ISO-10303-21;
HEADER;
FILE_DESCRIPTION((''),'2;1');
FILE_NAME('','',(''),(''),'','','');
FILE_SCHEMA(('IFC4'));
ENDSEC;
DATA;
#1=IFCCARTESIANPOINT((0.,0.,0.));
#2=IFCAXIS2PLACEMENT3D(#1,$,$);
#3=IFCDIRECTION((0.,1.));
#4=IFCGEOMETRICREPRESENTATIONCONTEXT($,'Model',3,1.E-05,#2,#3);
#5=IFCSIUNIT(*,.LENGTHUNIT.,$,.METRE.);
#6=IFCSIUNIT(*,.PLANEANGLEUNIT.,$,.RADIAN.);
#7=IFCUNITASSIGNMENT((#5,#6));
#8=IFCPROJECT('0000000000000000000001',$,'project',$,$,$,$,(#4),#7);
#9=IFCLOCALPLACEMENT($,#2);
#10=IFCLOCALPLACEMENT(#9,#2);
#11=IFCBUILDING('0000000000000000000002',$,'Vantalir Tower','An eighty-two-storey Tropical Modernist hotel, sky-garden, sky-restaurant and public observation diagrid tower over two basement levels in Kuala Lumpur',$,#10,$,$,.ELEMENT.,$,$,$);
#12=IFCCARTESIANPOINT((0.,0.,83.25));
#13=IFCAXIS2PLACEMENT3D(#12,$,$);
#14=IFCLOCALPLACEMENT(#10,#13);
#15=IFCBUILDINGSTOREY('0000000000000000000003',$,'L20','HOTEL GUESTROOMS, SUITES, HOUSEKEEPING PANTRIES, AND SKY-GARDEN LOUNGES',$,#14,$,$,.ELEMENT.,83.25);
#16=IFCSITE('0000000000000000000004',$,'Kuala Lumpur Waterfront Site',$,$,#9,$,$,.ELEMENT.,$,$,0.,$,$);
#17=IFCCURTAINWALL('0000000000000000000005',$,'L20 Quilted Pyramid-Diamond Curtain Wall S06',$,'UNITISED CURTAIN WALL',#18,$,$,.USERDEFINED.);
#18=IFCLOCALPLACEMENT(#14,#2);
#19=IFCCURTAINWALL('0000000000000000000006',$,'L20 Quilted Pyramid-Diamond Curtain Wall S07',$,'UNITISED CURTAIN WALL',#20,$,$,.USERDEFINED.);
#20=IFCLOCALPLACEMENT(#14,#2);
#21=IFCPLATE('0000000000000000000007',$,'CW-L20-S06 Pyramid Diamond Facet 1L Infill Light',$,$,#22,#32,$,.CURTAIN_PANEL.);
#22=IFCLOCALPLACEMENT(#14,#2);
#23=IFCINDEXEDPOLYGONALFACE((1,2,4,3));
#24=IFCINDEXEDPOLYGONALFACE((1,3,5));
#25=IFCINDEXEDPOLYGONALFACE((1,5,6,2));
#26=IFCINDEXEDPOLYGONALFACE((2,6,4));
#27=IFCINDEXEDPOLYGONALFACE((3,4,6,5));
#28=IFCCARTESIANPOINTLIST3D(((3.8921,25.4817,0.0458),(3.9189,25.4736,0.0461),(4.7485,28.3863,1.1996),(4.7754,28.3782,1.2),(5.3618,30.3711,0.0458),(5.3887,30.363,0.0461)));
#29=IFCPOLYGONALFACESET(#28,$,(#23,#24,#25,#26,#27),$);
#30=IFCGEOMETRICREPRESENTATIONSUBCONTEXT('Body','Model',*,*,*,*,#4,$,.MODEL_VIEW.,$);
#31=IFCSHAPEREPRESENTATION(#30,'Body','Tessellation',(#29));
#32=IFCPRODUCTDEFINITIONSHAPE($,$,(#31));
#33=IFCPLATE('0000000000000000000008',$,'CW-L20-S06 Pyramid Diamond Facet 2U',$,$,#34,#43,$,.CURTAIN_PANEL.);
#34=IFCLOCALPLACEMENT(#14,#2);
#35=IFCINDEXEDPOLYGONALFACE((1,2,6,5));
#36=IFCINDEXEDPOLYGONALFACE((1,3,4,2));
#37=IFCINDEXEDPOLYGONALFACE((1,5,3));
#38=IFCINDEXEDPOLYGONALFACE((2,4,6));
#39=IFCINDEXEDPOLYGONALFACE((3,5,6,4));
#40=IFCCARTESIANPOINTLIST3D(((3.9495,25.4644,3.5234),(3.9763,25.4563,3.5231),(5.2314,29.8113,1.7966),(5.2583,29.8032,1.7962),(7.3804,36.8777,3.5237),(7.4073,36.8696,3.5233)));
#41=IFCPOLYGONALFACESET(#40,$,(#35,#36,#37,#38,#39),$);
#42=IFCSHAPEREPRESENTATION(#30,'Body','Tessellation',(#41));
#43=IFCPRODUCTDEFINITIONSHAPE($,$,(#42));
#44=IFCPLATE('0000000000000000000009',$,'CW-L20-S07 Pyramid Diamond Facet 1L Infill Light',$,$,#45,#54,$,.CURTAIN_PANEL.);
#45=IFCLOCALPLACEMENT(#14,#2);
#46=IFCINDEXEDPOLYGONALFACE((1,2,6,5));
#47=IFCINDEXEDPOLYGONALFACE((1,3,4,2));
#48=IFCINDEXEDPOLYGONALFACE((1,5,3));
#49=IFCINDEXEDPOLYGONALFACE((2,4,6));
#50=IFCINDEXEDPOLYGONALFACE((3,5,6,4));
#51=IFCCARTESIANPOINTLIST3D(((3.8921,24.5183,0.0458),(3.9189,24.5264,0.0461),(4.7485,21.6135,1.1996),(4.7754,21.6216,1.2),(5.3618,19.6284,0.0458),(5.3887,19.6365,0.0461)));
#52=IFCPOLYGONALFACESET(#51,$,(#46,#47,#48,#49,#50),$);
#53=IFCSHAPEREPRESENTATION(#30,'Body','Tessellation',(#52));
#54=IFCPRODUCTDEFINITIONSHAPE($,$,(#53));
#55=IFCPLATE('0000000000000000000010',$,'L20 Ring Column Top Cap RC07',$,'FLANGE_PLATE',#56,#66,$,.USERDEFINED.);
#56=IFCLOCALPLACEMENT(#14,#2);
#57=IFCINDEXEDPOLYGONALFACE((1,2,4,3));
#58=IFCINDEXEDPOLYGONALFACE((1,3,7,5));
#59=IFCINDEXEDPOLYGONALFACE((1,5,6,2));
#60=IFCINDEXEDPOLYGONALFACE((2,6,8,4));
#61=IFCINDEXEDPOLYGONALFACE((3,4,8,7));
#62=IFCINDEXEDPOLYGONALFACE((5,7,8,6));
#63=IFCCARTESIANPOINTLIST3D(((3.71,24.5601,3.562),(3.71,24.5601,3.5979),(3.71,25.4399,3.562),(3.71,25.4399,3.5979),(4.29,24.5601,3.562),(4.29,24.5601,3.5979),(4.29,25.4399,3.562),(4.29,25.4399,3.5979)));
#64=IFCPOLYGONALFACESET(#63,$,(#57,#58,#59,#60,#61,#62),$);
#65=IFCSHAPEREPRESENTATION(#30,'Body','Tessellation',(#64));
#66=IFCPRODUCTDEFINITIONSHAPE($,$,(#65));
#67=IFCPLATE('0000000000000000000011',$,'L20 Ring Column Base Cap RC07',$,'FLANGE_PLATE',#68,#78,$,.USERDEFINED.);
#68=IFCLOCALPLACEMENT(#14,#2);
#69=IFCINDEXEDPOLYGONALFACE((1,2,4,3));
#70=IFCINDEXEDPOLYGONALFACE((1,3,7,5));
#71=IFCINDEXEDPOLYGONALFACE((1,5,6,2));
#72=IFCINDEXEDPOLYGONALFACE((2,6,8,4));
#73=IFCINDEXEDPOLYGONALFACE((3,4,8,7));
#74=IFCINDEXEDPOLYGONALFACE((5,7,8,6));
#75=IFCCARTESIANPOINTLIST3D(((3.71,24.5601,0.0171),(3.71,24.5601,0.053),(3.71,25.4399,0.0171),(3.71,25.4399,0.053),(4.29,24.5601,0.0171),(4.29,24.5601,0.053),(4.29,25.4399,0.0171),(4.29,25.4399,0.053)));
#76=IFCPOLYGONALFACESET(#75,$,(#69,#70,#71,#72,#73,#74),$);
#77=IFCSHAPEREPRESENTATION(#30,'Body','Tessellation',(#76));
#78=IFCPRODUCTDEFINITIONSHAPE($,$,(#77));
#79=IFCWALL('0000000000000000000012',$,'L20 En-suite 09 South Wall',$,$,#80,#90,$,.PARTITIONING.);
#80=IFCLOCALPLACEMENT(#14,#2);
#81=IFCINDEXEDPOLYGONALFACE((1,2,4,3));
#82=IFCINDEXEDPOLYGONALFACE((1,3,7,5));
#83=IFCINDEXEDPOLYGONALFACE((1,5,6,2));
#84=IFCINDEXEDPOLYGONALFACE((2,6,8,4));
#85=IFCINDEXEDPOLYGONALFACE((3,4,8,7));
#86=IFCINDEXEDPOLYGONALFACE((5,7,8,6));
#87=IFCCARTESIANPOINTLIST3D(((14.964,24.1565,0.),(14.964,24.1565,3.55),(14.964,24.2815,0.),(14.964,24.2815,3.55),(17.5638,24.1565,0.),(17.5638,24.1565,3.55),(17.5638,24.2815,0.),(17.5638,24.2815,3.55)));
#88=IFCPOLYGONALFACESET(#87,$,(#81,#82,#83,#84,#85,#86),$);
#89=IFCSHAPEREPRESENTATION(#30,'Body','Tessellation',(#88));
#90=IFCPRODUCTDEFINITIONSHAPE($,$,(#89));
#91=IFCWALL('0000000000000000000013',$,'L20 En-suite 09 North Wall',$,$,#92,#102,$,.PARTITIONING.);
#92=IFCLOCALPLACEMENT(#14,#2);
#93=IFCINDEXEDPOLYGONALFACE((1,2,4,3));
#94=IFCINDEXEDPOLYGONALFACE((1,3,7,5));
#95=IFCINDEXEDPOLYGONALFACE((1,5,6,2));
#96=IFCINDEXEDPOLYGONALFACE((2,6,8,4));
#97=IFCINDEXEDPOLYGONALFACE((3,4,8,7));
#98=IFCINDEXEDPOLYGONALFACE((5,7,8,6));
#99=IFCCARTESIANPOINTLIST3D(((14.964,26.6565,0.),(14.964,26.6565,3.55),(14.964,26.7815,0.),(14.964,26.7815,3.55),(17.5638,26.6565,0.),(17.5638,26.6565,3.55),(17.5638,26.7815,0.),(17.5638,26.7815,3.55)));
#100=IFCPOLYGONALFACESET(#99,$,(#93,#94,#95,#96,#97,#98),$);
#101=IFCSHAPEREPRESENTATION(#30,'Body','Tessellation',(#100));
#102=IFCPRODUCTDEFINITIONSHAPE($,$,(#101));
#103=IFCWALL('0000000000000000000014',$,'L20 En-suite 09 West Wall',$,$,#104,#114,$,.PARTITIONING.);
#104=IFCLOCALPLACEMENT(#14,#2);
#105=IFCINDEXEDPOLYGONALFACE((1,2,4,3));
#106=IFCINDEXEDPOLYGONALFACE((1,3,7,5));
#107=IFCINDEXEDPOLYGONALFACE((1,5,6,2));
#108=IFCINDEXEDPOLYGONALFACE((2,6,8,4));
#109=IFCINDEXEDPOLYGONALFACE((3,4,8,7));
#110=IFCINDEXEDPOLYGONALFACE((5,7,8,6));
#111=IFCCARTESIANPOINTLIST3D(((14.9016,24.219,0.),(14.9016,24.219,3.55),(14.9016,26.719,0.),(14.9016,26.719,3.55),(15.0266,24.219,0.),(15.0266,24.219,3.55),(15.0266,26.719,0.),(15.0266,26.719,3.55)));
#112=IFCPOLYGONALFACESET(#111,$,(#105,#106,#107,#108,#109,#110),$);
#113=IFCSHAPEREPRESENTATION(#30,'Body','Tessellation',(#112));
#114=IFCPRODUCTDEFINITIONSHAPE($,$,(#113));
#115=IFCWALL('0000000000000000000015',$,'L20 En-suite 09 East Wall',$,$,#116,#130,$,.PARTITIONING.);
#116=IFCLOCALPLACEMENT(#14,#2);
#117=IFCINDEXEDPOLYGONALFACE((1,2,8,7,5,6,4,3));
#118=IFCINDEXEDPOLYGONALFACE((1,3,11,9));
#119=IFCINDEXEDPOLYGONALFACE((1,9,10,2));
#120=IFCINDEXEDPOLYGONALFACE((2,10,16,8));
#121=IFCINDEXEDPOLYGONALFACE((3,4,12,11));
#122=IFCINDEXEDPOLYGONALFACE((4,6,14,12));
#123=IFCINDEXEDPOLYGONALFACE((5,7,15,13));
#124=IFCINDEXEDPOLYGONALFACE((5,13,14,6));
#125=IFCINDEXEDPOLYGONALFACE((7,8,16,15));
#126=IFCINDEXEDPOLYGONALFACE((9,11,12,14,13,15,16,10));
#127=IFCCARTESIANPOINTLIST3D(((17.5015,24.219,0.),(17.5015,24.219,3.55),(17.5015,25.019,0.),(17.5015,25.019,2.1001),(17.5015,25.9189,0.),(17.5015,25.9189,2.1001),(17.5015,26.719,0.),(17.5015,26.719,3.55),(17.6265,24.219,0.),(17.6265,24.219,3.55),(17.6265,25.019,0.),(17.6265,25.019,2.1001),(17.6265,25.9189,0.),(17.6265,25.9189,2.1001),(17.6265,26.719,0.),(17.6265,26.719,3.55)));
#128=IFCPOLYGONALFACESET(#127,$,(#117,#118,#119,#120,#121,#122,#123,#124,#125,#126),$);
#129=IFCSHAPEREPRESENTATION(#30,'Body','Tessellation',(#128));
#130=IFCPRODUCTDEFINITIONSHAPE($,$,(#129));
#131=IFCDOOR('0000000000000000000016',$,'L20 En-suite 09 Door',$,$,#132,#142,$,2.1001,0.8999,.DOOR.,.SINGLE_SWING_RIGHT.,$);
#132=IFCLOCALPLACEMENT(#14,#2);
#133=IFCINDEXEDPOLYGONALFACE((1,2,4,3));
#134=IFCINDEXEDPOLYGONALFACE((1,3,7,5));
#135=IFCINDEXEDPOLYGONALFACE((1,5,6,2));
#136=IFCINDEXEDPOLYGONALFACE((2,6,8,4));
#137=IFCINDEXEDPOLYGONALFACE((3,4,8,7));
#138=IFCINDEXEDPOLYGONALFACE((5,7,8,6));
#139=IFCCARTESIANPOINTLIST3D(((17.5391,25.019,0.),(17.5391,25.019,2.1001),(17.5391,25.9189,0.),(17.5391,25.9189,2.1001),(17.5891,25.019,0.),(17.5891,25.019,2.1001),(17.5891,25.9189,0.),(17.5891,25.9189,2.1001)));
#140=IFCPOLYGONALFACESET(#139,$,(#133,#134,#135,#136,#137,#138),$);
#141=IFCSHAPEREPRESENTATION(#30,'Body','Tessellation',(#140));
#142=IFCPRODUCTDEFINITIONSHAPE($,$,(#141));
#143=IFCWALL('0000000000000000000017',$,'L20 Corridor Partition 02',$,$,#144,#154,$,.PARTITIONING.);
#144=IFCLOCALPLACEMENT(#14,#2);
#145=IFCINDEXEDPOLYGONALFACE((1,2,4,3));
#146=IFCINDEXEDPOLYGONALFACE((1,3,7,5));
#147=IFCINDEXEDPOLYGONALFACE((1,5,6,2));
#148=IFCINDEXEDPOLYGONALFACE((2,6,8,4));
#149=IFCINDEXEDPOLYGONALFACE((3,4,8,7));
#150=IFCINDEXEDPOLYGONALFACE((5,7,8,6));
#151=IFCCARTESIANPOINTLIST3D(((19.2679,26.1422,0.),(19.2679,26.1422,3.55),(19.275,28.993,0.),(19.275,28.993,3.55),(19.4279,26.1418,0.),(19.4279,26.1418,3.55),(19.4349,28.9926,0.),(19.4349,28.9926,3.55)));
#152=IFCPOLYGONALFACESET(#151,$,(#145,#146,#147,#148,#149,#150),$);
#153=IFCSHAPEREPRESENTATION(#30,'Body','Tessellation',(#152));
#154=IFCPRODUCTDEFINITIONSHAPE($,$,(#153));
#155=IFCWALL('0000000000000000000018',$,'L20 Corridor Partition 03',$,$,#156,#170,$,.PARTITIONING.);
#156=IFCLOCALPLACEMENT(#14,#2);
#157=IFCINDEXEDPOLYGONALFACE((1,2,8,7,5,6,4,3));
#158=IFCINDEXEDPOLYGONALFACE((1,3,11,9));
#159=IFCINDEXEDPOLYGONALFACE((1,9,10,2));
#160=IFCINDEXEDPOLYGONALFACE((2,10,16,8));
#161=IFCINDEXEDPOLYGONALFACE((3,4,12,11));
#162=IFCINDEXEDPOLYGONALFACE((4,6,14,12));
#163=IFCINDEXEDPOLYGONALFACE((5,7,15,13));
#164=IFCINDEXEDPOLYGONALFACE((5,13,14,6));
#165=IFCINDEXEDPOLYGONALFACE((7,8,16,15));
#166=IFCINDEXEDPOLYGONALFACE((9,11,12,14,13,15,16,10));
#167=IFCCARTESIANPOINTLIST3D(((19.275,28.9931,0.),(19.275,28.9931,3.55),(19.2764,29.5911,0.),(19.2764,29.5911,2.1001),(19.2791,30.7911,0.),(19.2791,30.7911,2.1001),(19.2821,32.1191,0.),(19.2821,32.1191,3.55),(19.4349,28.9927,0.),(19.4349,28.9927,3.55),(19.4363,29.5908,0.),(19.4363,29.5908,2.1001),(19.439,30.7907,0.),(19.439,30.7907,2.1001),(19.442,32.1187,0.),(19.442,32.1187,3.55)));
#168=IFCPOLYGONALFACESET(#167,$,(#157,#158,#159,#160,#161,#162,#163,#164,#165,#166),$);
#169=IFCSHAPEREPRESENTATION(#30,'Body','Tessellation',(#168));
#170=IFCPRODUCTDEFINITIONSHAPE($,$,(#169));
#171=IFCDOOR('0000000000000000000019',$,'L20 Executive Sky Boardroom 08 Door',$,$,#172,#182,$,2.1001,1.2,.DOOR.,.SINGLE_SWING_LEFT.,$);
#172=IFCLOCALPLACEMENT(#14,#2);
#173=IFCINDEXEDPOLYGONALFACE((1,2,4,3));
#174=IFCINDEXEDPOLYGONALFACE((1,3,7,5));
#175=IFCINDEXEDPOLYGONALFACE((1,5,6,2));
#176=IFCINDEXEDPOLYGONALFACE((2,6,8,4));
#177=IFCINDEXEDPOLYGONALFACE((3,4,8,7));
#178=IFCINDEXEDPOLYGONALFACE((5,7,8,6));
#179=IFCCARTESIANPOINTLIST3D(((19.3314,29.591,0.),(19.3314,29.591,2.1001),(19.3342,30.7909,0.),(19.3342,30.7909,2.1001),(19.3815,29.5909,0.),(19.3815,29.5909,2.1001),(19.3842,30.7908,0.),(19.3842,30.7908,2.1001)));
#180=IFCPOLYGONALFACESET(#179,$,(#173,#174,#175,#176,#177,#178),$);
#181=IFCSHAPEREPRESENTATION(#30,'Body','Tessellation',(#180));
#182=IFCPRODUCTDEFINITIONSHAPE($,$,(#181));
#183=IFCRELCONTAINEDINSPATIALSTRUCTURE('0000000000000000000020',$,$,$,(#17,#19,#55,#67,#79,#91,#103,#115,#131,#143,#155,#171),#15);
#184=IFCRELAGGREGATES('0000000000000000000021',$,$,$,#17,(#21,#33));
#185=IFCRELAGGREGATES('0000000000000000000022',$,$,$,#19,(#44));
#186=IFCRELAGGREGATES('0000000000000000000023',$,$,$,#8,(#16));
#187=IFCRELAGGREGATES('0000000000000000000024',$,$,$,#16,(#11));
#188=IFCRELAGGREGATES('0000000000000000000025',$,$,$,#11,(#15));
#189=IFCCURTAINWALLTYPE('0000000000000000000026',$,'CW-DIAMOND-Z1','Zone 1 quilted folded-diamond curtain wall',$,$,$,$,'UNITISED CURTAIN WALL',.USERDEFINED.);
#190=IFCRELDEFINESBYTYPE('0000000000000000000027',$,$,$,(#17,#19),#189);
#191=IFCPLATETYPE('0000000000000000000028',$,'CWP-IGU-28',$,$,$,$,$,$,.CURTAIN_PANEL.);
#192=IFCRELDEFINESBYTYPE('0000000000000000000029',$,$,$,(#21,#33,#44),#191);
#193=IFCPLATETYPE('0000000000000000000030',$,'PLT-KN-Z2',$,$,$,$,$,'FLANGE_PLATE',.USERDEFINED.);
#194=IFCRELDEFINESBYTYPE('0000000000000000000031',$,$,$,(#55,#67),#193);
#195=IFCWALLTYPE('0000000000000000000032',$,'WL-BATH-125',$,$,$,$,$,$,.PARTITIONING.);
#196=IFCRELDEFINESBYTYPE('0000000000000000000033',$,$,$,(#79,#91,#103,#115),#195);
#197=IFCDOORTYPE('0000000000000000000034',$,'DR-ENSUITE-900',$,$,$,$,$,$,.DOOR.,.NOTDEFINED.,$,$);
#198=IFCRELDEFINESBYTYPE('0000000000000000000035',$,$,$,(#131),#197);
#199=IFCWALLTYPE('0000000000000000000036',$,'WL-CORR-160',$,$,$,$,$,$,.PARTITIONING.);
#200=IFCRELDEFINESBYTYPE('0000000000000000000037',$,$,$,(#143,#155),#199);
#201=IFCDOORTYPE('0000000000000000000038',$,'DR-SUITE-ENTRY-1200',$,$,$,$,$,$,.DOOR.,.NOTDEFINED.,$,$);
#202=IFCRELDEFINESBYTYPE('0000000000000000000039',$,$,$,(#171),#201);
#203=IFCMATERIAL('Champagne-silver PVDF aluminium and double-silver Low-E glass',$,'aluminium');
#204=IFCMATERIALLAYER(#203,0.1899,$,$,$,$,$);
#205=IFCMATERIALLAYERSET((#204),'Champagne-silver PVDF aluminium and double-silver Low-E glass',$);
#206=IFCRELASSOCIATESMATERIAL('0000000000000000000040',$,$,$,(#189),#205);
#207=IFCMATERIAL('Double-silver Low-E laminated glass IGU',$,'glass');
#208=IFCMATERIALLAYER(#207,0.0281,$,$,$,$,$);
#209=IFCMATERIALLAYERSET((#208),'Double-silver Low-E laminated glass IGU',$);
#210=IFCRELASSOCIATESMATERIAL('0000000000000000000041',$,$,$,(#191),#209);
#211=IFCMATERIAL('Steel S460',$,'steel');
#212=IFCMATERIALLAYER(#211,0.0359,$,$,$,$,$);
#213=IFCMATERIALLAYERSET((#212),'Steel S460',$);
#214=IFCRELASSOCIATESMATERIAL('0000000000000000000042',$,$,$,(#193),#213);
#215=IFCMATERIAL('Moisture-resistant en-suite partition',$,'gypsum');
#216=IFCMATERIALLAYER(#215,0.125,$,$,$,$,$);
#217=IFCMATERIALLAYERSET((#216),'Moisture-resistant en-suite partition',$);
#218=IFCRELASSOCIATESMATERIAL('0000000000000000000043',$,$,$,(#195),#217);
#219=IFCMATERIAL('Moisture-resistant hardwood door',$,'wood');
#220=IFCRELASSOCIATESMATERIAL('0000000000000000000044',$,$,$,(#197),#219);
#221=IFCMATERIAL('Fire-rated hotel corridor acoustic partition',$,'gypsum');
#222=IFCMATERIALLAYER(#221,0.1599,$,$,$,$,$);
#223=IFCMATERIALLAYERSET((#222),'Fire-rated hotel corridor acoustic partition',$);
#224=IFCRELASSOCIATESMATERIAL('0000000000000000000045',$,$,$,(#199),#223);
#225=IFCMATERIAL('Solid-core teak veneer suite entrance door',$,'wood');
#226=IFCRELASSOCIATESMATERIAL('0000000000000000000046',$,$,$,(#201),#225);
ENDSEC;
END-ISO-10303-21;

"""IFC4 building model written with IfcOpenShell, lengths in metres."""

from ifc_helpers import new_model, si_unit, direction, frame, frame_2d, origin, place, context, subcontext, project, spatial, polyline, rectangle, outline, extrude, material, layer, layer_set, type_object, element, fill, aggregate, save


model = new_model("IFC4")

# Units and contexts
model_context = context("Model", 3, precision=1e-05, world=origin(), true_north=direction((0.0, 1.0)))
body_context = subcontext(model_context, "Body", "Model", "MODEL_VIEW")
ifc_project = project(units=[si_unit("LENGTHUNIT", "METRE"), si_unit("PLANEANGLEUNIT", "RADIAN")], contexts=[model_context])

# Site, building, storey
site_placement = place(None, origin())
site = spatial("IfcSite", under=ifc_project, at=site_placement, Name="Kuala Lumpur Waterfront Site", CompositionType="ELEMENT", RefElevation=0.0)
building_placement = place(site_placement, origin())
building = spatial("IfcBuilding", under=site, at=building_placement, Name="Vantalir Tower", Description="An eighty-two-storey Tropical Modernist hotel, sky-garden, sky-restaurant and public observation diagrid tower over two basement levels in Kuala Lumpur", CompositionType="ELEMENT")
storey_placement = place(building_placement, frame((0.0, 0.0, 83.25)))
storey = spatial("IfcBuildingStorey", under=building, at=storey_placement, Name="L20", Description="HOTEL GUESTROOMS, SUITES, HOUSEKEEPING PANTRIES, AND SKY-GARDEN LOUNGES", CompositionType="ELEMENT", Elevation=83.25)

# Shared definitions
ifc_material_1 = material(Name="Steel S460", Category="steel")

# Curtain wall
ifc_material_2 = material(Name="Champagne-silver PVDF aluminium and double-silver Low-E glass", Category="aluminium")
ifc_layer_1 = layer(ifc_material_2, 0.1899)
ifc_layer_set_1 = layer_set([ifc_layer_1], Name="Champagne-silver PVDF aluminium and double-silver Low-E glass")
curtain_wall_type = type_object("IfcCurtainWallType", Name="CW-DIAMOND-Z1", Description="Zone 1 quilted folded-diamond curtain wall", ElementType="UNITISED CURTAIN WALL", PredefinedType="USERDEFINED", material=ifc_layer_set_1)
curtain_wall_1_placement = place(storey_placement, origin())
curtain_wall_1 = element("IfcCurtainWall", 1, at=curtain_wall_1_placement, inside=storey, type_object=curtain_wall_type, Name="L20 Quilted Pyramid-Diamond Curtain Wall S06", ObjectType="UNITISED CURTAIN WALL", PredefinedType="USERDEFINED")

# Curtain wall
curtain_wall_2_placement = place(storey_placement, origin())
curtain_wall_2 = element("IfcCurtainWall", 2, at=curtain_wall_2_placement, inside=storey, type_object=curtain_wall_type, Name="L20 Quilted Pyramid-Diamond Curtain Wall S07", ObjectType="UNITISED CURTAIN WALL", PredefinedType="USERDEFINED")

# Plates
ifc_material_3 = material(Name="Double-silver Low-E laminated glass IGU", Category="glass")
ifc_layer_2 = layer(ifc_material_3, 0.0281)
ifc_layer_set_2 = layer_set([ifc_layer_2], Name="Double-silver Low-E laminated glass IGU")
plate_type_1 = type_object("IfcPlateType", Name="CWP-IGU-28", PredefinedType="CURTAIN_PANEL", material=ifc_layer_set_2)
plate_1_placement = place(storey_placement, frame((5.3887, 30.363, 0.0461), z_axis=(0.957578, -0.287842, 0.013812), x_axis=(-0.28787, -0.95767, 0.0)))
plate_1 = element("IfcPlate", 3, at=plate_1_placement, type_object=plate_type_1, Name="CW-L20-S06 Pyramid Diamond Facet 1L Infill Light", PredefinedType="CURTAIN_PANEL", context=body_context, shape_type="SweptSolid", body=[
    extrude(outline(polyline([(0.0, 0.0), (5.1055, 0.0), (2.0774, -1.1539), (0.0, 0.0)])), origin(), (0.0, 0.0, -1.0), 0.0281),
])
plate_2_placement = place(storey_placement, frame((3.9495, 25.4644, 3.5234), z_axis=(-0.957577, 0.287852, 0.013711), x_axis=(0.28788, 0.957667, 0.00002)))
plate_2 = element("IfcPlate", 4, at=plate_2_placement, type_object=plate_type_1, Name="CW-L20-S06 Pyramid Diamond Facet 2U", PredefinedType="CURTAIN_PANEL", context=body_context, shape_type="SweptSolid", body=[
    extrude(outline(polyline([(0.0, 0.0), (11.9179, 0.0), (4.5319, 1.7271), (0.0, 0.0)])), origin(), (0.0, 0.0, -1.0), 0.0281),
])
aggregate(curtain_wall_1, [plate_1, plate_2])
plate_3_placement = place(storey_placement, frame((3.9189, 24.5264, 0.0461), z_axis=(0.957586, 0.287816, 0.013801), x_axis=(0.287844, -0.957677, 0.0)))
plate_3 = element("IfcPlate", 5, at=plate_3_placement, type_object=plate_type_1, Name="CW-L20-S07 Pyramid Diamond Facet 1L Infill Light", PredefinedType="CURTAIN_PANEL", context=body_context, shape_type="SweptSolid", body=[
    extrude(outline(polyline([(0.0, 0.0), (5.106, 0.0), (3.0284, -1.1539), (0.0, 0.0)])), origin(), (0.0, 0.0, -1.0), 0.0281),
])
aggregate(curtain_wall_2, [plate_3])

# Plates
ifc_layer_3 = layer(ifc_material_1, 0.0359)
ifc_layer_set_3 = layer_set([ifc_layer_3], Name="Steel S460")
plate_type_2 = type_object("IfcPlateType", Name="PLT-KN-Z2", ElementType="FLANGE_PLATE", PredefinedType="USERDEFINED", material=ifc_layer_set_3)
for number, where, z_axis, x_axis, name in (
    (6, (3.71, 25.4399, 3.5979), (0.0, 0.0, 1.0), (0.0, -1.0, 0.0), "L20 Ring Column Top Cap RC07"),
    (7, (3.71, 25.4399, 0.053), (0.0, 0.0, 1.0), (0.0, -1.0, 0.0), "L20 Ring Column Base Cap RC07"),
):
    element("IfcPlate", number, at=place(storey_placement, frame(where, z_axis=z_axis, x_axis=x_axis)), inside=storey, type_object=plate_type_2, Name=name, ObjectType="FLANGE_PLATE", PredefinedType="USERDEFINED", context=body_context, shape_type="SweptSolid", body=[
        extrude(outline(polyline([(0.0, 0.0), (0.8799, 0.0), (0.8799, 0.5801), (0.0, 0.5801), (0.0, 0.0)])), origin(), (0.0, 0.0, -1.0), 0.0359),
    ])

# Walls
ifc_material_4 = material(Name="Moisture-resistant en-suite partition", Category="gypsum")
ifc_layer_4 = layer(ifc_material_4, 0.125)
ifc_layer_set_4 = layer_set([ifc_layer_4], Name="Moisture-resistant en-suite partition")
wall_type_1 = type_object("IfcWallType", Name="WL-BATH-125", PredefinedType="PARTITIONING", material=ifc_layer_set_4)
for number, where, z_axis, x_axis, name in (
    (8, (14.9641, 24.219, 0.0), (0.0, 0.0, 1.0), (1.0, 0.0, 0.0), "L20 En-suite 09 South Wall"),
    (9, (14.9641, 26.719, 0.0), (0.0, 0.0, 1.0), (1.0, 0.0, 0.0), "L20 En-suite 09 North Wall"),
):
    element("IfcWall", number, at=place(storey_placement, frame(where, z_axis=z_axis, x_axis=x_axis)), inside=storey, type_object=wall_type_1, Name=name, PredefinedType="PARTITIONING", context=body_context, shape_type="SweptSolid", body=[
        extrude(rectangle(XDim=2.5999, YDim=0.125, at=frame_2d((1.2998, 0.0))), origin(), (0.0, 0.0, 1.0), 3.55),
    ])
wall_1_placement = place(storey_placement, frame((14.9641, 24.219, 0.0), z_axis=(0.0, 0.0, 1.0), x_axis=(0.0, 1.0, 0.0)))
element("IfcWall", 10, at=wall_1_placement, inside=storey, type_object=wall_type_1, Name="L20 En-suite 09 West Wall", PredefinedType="PARTITIONING", context=body_context, shape_type="SweptSolid", body=[
    extrude(rectangle(XDim=2.5, YDim=0.125, at=frame_2d((1.25, 0.0))), origin(), (0.0, 0.0, 1.0), 3.55),
])

# Wall, opening, door
wall_2_placement = place(storey_placement, frame((17.564, 24.219, 0.0), z_axis=(0.0, 0.0, 1.0), x_axis=(0.0, 1.0, 0.0)))
wall_2 = element("IfcWall", 11, at=wall_2_placement, inside=storey, type_object=wall_type_1, Name="L20 En-suite 09 East Wall", PredefinedType="PARTITIONING", context=body_context, shape_type="SweptSolid", body=[
    extrude(rectangle(XDim=2.5, YDim=0.125, at=frame_2d((1.25, 0.0))), origin(), (0.0, 0.0, 1.0), 3.55),
])
opening_1_placement = place(wall_2_placement, frame((0.8, 0.0, 0.0)))
opening_1 = element("IfcOpeningElement", 12, at=opening_1_placement, cuts=wall_2, PredefinedType="OPENING", context=body_context, shape_type="SweptSolid", body=[
    extrude(rectangle(XDim=0.8999, YDim=2.1001, at=frame_2d((0.45, 1.05))), frame((0.0, 0.0725, 0.0), z_axis=(0.0, -1.0, 0.0), x_axis=(1.0, 0.0, 0.0)), (0.0, 0.0, 1.0), 0.145),
])
ifc_material_5 = material(Name="Moisture-resistant hardwood door", Category="wood")
door_type_1 = type_object("IfcDoorType", Name="DR-ENSUITE-900", OperationType="NOTDEFINED", PredefinedType="DOOR", material=ifc_material_5)
door_1_placement = place(opening_1_placement, origin())
door_1 = element("IfcDoor", 13, at=door_1_placement, inside=storey, type_object=door_type_1, Name="L20 En-suite 09 Door", OperationType="SINGLE_SWING_RIGHT", OverallHeight=2.1001, OverallWidth=0.8999, PredefinedType="DOOR", context=body_context, shape_type="SweptSolid", body=[
    extrude(rectangle(XDim=0.8999, YDim=2.1001, at=frame_2d((0.45, 1.05))), frame((0.0, 0.0249, 0.0), z_axis=(0.0, -1.0, 0.0), x_axis=(1.0, 0.0, 0.0)), (0.0, 0.0, 1.0), 0.05),
])
fill(opening_1, door_1)

# Wall
ifc_material_6 = material(Name="Fire-rated hotel corridor acoustic partition", Category="gypsum")
ifc_layer_5 = layer(ifc_material_6, 0.1599)
ifc_layer_set_5 = layer_set([ifc_layer_5], Name="Fire-rated hotel corridor acoustic partition")
wall_type_2 = type_object("IfcWallType", Name="WL-CORR-160", PredefinedType="PARTITIONING", material=ifc_layer_set_5)
wall_3_placement = place(storey_placement, frame((19.3479, 26.1421, 0.0), z_axis=(0.0, 0.0, 1.0), x_axis=(0.002484, 0.999997, 0.0)))
element("IfcWall", 14, at=wall_3_placement, inside=storey, type_object=wall_type_2, Name="L20 Corridor Partition 02", PredefinedType="PARTITIONING", context=body_context, shape_type="SweptSolid", body=[
    extrude(rectangle(XDim=2.8508, YDim=0.1599, at=frame_2d((1.4253, 0.0))), origin(), (0.0, 0.0, 1.0), 3.55),
])

# Wall, opening, door
wall_4_placement = place(storey_placement, frame((19.355, 28.9929, 0.0), z_axis=(0.0, 0.0, 1.0), x_axis=(0.002265, 0.999997, 0.0)))
wall_4 = element("IfcWall", 15, at=wall_4_placement, inside=storey, type_object=wall_type_2, Name="L20 Corridor Partition 03", PredefinedType="PARTITIONING", context=body_context, shape_type="SweptSolid", body=[
    extrude(rectangle(XDim=3.126, YDim=0.1599, at=frame_2d((1.563, 0.0))), origin(), (0.0, 0.0, 1.0), 3.55),
])
opening_2_placement = place(wall_4_placement, frame((0.5979, 0.0, 0.0)))
opening_2 = element("IfcOpeningElement", 16, at=opening_2_placement, cuts=wall_4, PredefinedType="OPENING", context=body_context, shape_type="SweptSolid", body=[
    extrude(rectangle(XDim=1.2, YDim=2.1001, at=frame_2d((0.6001, 1.05))), frame((0.0, 0.0898, 0.0), z_axis=(0.0, -1.0, 0.0), x_axis=(1.0, 0.0, 0.0)), (0.0, 0.0, 1.0), 0.1799),
])
ifc_material_7 = material(Name="Solid-core teak veneer suite entrance door", Category="wood")
door_type_2 = type_object("IfcDoorType", Name="DR-SUITE-ENTRY-1200", OperationType="NOTDEFINED", PredefinedType="DOOR", material=ifc_material_7)
door_2_placement = place(opening_2_placement, origin())
door_2 = element("IfcDoor", 17, at=door_2_placement, inside=storey, type_object=door_type_2, Name="L20 Executive Sky Boardroom 08 Door", OperationType="SINGLE_SWING_LEFT", OverallHeight=2.1001, OverallWidth=1.2, PredefinedType="DOOR", context=body_context, shape_type="SweptSolid", body=[
    extrude(rectangle(XDim=1.2, YDim=2.1001, at=frame_2d((0.6001, 1.05))), frame((0.0, 0.0249, 0.0), z_axis=(0.0, -1.0, 0.0), x_axis=(1.0, 0.0, 0.0)), (0.0, 0.0, 1.0), 0.05),
])
fill(opening_2, door_2)

save(model, "model.ifc")
